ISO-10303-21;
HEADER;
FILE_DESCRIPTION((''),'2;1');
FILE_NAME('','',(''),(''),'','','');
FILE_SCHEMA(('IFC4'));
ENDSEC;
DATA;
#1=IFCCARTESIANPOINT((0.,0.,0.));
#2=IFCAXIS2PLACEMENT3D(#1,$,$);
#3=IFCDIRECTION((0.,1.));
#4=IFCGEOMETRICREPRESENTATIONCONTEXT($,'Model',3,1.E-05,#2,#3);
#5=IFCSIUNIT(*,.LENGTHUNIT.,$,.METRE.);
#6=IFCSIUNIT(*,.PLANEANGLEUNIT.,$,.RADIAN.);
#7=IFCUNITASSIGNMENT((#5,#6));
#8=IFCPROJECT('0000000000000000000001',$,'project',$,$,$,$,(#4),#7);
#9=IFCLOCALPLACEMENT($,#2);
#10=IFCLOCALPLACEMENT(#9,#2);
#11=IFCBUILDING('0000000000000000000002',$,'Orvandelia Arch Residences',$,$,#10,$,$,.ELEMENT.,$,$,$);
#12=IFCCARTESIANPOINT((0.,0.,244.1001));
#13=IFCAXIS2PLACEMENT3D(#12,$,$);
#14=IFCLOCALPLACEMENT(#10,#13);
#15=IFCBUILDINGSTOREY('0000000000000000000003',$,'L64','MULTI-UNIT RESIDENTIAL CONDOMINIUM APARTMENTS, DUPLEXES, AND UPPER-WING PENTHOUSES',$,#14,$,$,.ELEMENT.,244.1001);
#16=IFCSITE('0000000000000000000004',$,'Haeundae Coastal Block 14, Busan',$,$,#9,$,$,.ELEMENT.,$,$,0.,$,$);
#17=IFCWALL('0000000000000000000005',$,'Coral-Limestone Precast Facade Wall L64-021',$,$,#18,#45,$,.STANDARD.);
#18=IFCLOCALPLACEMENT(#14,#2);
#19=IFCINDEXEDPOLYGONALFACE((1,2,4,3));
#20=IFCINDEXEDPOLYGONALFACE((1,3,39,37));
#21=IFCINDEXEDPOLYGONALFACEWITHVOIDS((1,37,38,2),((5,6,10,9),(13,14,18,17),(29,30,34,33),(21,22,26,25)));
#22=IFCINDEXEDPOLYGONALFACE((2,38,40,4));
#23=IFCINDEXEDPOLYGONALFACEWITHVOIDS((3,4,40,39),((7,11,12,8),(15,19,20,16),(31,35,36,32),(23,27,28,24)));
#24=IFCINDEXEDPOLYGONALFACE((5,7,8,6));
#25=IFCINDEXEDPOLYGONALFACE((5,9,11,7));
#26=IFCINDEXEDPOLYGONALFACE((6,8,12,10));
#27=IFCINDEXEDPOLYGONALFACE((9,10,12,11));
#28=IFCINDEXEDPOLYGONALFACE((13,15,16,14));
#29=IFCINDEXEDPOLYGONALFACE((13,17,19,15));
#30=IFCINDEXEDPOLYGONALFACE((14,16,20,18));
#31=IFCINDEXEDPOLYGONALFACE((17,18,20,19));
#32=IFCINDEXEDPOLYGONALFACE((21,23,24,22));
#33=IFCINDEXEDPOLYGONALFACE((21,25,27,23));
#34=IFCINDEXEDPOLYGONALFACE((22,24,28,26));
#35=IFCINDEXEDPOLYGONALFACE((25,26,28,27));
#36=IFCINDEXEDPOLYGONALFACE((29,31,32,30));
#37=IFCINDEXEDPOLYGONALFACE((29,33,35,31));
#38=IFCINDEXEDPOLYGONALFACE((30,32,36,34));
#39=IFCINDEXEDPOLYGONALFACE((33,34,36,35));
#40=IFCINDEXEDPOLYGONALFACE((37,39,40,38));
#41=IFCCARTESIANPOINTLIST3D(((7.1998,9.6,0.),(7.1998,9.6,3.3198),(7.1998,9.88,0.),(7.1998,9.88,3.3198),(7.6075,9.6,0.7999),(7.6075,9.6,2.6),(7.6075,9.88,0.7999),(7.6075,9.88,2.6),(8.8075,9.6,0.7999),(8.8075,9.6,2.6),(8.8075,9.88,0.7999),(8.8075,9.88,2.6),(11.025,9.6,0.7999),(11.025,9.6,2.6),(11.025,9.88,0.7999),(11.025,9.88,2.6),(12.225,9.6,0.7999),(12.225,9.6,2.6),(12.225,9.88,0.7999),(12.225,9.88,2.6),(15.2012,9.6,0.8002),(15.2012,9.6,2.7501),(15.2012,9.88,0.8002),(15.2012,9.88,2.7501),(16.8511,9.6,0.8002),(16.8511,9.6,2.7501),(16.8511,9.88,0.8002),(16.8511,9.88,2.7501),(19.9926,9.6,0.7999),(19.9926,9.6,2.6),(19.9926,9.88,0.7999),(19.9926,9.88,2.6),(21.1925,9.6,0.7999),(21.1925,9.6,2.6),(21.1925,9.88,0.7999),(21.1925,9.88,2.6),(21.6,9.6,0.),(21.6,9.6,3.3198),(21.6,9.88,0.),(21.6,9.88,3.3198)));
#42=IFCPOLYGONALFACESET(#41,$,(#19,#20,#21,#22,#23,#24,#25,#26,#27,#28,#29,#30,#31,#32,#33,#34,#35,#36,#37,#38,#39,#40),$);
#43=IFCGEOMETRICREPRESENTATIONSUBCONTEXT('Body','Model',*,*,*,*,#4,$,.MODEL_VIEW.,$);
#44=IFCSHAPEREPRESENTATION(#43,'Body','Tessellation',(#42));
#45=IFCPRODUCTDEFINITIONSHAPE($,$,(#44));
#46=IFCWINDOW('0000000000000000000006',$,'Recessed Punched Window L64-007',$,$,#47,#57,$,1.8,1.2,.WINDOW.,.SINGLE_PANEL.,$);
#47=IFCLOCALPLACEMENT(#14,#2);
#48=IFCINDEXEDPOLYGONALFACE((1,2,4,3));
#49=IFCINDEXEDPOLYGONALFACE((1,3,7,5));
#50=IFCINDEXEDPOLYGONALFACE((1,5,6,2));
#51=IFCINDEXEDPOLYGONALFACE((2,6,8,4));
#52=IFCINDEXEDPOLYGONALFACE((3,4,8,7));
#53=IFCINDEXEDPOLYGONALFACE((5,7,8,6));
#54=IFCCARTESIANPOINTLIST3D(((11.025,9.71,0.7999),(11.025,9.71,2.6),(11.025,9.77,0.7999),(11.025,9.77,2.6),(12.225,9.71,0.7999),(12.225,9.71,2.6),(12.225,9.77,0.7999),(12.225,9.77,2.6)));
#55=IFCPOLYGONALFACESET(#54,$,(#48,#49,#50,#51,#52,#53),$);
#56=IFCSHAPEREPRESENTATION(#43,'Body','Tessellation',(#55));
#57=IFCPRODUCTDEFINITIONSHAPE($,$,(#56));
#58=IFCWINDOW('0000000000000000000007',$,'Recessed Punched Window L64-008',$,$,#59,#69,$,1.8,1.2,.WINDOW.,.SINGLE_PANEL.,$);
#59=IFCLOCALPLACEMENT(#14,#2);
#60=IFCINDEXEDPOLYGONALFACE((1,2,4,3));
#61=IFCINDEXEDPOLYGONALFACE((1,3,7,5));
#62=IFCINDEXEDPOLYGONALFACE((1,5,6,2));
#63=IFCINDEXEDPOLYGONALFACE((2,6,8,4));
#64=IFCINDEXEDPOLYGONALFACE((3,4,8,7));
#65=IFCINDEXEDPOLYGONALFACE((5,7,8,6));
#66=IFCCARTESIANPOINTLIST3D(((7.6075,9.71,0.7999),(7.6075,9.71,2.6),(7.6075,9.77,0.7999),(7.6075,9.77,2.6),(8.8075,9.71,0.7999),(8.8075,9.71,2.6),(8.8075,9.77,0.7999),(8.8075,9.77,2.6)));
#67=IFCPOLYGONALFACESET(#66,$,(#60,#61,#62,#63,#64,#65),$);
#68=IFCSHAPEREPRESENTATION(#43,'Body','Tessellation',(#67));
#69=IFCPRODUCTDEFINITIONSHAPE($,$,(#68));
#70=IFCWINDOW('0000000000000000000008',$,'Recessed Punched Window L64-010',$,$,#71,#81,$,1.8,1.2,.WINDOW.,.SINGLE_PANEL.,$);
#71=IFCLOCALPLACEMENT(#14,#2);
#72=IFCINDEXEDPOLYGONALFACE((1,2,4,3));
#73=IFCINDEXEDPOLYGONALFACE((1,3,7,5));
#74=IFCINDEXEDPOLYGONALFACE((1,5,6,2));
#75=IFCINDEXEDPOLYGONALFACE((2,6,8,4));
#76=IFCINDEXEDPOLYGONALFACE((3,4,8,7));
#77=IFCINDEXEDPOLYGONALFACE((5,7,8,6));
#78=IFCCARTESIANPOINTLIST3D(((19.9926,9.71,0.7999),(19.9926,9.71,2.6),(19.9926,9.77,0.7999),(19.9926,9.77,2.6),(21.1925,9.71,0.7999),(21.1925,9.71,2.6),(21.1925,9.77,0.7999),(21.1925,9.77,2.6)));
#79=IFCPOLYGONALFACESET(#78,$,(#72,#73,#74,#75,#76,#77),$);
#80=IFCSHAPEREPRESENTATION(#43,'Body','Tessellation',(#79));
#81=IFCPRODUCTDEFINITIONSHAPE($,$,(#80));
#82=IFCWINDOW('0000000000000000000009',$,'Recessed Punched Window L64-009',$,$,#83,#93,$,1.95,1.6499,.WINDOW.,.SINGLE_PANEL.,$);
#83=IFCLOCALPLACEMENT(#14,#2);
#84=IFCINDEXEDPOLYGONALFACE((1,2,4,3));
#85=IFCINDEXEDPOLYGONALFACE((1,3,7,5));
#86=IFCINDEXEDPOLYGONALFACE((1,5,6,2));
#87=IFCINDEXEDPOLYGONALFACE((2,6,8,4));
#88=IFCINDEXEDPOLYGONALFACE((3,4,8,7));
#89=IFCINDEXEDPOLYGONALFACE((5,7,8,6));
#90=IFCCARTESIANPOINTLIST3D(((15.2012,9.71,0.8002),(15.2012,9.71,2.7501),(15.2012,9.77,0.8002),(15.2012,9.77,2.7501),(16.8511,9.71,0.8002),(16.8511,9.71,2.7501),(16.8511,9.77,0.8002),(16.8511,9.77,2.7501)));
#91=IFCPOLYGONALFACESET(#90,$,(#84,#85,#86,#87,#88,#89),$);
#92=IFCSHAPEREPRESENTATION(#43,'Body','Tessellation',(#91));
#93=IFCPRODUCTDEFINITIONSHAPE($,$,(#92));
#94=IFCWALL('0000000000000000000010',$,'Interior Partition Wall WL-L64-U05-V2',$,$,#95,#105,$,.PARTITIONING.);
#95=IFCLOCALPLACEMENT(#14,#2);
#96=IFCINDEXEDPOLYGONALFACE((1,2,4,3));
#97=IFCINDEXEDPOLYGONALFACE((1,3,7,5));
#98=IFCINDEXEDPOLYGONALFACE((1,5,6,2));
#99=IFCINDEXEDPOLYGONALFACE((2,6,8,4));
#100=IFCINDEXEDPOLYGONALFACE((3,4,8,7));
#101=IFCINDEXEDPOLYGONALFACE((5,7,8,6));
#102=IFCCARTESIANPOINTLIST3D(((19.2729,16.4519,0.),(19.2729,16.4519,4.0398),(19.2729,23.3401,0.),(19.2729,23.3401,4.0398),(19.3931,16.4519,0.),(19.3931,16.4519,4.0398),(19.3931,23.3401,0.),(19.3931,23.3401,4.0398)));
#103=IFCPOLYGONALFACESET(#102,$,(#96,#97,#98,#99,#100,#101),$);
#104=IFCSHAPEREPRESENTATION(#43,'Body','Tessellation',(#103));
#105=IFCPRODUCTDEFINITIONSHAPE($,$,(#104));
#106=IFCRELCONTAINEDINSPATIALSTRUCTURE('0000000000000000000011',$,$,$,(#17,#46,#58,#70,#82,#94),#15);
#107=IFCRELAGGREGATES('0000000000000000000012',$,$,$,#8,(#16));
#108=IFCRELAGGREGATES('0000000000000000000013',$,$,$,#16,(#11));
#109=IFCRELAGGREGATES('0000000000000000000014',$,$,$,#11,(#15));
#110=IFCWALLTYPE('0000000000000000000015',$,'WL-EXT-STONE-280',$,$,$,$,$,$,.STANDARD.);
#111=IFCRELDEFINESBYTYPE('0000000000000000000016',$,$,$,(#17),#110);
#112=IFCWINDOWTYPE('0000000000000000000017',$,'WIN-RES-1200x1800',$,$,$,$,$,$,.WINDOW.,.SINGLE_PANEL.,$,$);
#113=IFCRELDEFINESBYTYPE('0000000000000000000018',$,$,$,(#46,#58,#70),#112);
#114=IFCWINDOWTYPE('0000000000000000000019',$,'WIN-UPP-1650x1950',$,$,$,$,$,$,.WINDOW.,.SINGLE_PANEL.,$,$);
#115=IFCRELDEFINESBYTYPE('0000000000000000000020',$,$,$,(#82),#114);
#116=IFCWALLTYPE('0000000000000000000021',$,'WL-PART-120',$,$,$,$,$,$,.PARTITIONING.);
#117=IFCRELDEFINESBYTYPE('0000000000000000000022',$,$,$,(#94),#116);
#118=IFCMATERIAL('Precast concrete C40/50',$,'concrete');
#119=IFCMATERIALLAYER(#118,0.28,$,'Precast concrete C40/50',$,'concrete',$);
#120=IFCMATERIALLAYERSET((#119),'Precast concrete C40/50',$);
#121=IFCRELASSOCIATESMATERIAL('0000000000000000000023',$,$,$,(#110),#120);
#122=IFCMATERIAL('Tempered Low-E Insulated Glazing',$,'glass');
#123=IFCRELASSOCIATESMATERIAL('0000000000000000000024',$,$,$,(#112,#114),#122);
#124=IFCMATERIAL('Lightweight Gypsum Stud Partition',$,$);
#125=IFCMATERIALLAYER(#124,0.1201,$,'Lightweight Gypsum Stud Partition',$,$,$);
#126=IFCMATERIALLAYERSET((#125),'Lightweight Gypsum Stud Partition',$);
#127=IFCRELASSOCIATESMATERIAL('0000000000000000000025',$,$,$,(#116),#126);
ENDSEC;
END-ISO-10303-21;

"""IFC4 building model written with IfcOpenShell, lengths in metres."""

from ifc_helpers import new_model, si_unit, direction, frame, frame_2d, origin, place, context, subcontext, project, spatial, rectangle, extrude, material, layer, layer_set, type_object, element, fill, save


model = new_model("IFC4")

# Units and contexts
model_context = context("Model", 3, precision=1e-05, world=origin(), true_north=direction((0.0, 1.0)))
body_context = subcontext(model_context, "Body", "Model", "MODEL_VIEW")
ifc_project = project(units=[si_unit("LENGTHUNIT", "METRE"), si_unit("PLANEANGLEUNIT", "RADIAN")], contexts=[model_context])

# Site, building, storey
site_placement = place(None, origin())
site = spatial("IfcSite", under=ifc_project, at=site_placement, Name="Haeundae Coastal Block 14, Busan", CompositionType="ELEMENT", RefElevation=0.0)
building_placement = place(site_placement, origin())
building = spatial("IfcBuilding", under=site, at=building_placement, Name="Orvandelia Arch Residences", CompositionType="ELEMENT")
storey_placement = place(building_placement, frame((0.0, 0.0, 244.1001)))
storey = spatial("IfcBuildingStorey", under=building, at=storey_placement, Name="L64", Description="MULTI-UNIT RESIDENTIAL CONDOMINIUM APARTMENTS, DUPLEXES, AND UPPER-WING PENTHOUSES", CompositionType="ELEMENT", Elevation=244.1001)

# Shared definitions
ifc_material_1 = material(Name="Precast concrete C40/50", Category="concrete")
ifc_layer_1 = layer(ifc_material_1, 0.28, Name="Precast concrete C40/50", Category="concrete")
ifc_layer_set_1 = layer_set([ifc_layer_1], Name="Precast concrete C40/50")
wall_type_1 = type_object("IfcWallType", Name="WL-EXT-STONE-280", PredefinedType="STANDARD", material=ifc_layer_set_1)

# Wall, openings, windows
wall_1_placement = place(storey_placement, frame((21.6001, 9.74, 0.0), z_axis=(0.0, 0.0, 1.0), x_axis=(-1.0, 0.0, 0.0)))
wall_1 = element("IfcWall", 1, at=wall_1_placement, inside=storey, type_object=wall_type_1, Name="Coral-Limestone Precast Facade Wall L64-021", PredefinedType="STANDARD", context=body_context, shape_type="SweptSolid", body=[
    extrude(rectangle(XDim=14.4001, YDim=0.28, at=frame_2d((7.2002, 0.0))), origin(), (0.0, 0.0, 1.0), 3.3198),
])
opening_1_placement = place(wall_1_placement, frame((9.375, 0.0, 0.8)))
opening_1 = element("IfcOpeningElement", 2, at=opening_1_placement, cuts=wall_1, PredefinedType="OPENING", context=body_context, shape_type="SweptSolid", body=[
    extrude(rectangle(XDim=1.2, YDim=1.8, at=frame_2d((0.6001, 0.8999))), frame((0.0, 0.1499, 0.0), z_axis=(0.0, -1.0, 0.0), x_axis=(1.0, 0.0, 0.0)), (0.0, 0.0, 1.0), 0.3),
])
opening_2_placement = place(wall_1_placement, frame((12.7925, 0.0, 0.8)))
opening_2 = element("IfcOpeningElement", 3, at=opening_2_placement, cuts=wall_1, PredefinedType="OPENING", context=body_context, shape_type="SweptSolid", body=[
    extrude(rectangle(XDim=1.2, YDim=1.8, at=frame_2d((0.6001, 0.8999))), frame((0.0, 0.1499, 0.0), z_axis=(0.0, -1.0, 0.0), x_axis=(1.0, 0.0, 0.0)), (0.0, 0.0, 1.0), 0.3),
])
opening_3_placement = place(wall_1_placement, frame((4.749, 0.0, 0.8)))
opening_3 = element("IfcOpeningElement", 4, at=opening_3_placement, cuts=wall_1, PredefinedType="OPENING", context=body_context, shape_type="SweptSolid", body=[
    extrude(rectangle(XDim=1.6499, YDim=1.95, at=frame_2d((0.825, 0.9751))), frame((0.0, 0.1499, 0.0), z_axis=(0.0, -1.0, 0.0), x_axis=(1.0, 0.0, 0.0)), (0.0, 0.0, 1.0), 0.3),
])
opening_4_placement = place(wall_1_placement, frame((0.4075, 0.0, 0.8)))
opening_4 = element("IfcOpeningElement", 5, at=opening_4_placement, cuts=wall_1, PredefinedType="OPENING", context=body_context, shape_type="SweptSolid", body=[
    extrude(rectangle(XDim=1.2, YDim=1.8, at=frame_2d((0.6001, 0.8999))), frame((0.0, 0.1499, 0.0), z_axis=(0.0, -1.0, 0.0), x_axis=(1.0, 0.0, 0.0)), (0.0, 0.0, 1.0), 0.3),
])
ifc_material_2 = material(Name="Tempered Low-E Insulated Glazing", Category="glass")
window_type_1 = type_object("IfcWindowType", Name="WIN-RES-1200x1800", PartitioningType="SINGLE_PANEL", PredefinedType="WINDOW", material=ifc_material_2)
window_1_placement = place(opening_1_placement, origin())
window_1 = element("IfcWindow", 6, at=window_1_placement, inside=storey, type_object=window_type_1, Name="Recessed Punched Window L64-007", OverallHeight=1.8, OverallWidth=1.2, PartitioningType="SINGLE_PANEL", PredefinedType="WINDOW", context=body_context, shape_type="SweptSolid", body=[
    extrude(rectangle(XDim=1.2, YDim=1.8, at=frame_2d((0.6001, 0.8999))), frame((0.0, 0.03, 0.0), z_axis=(0.0, -1.0, 0.0), x_axis=(1.0, 0.0, 0.0)), (0.0, 0.0, 1.0), 0.0601),
])
fill(opening_1, window_1)
window_2_placement = place(opening_2_placement, origin())
window_2 = element("IfcWindow", 7, at=window_2_placement, inside=storey, type_object=window_type_1, Name="Recessed Punched Window L64-008", OverallHeight=1.8, OverallWidth=1.2, PartitioningType="SINGLE_PANEL", PredefinedType="WINDOW", context=body_context, shape_type="SweptSolid", body=[
    extrude(rectangle(XDim=1.2, YDim=1.8, at=frame_2d((0.6001, 0.8999))), frame((0.0, 0.03, 0.0), z_axis=(0.0, -1.0, 0.0), x_axis=(1.0, 0.0, 0.0)), (0.0, 0.0, 1.0), 0.0601),
])
fill(opening_2, window_2)
window_3_placement = place(opening_4_placement, origin())
window_3 = element("IfcWindow", 8, at=window_3_placement, inside=storey, type_object=window_type_1, Name="Recessed Punched Window L64-010", OverallHeight=1.8, OverallWidth=1.2, PartitioningType="SINGLE_PANEL", PredefinedType="WINDOW", context=body_context, shape_type="SweptSolid", body=[
    extrude(rectangle(XDim=1.2, YDim=1.8, at=frame_2d((0.6001, 0.8999))), frame((0.0, 0.03, 0.0), z_axis=(0.0, -1.0, 0.0), x_axis=(1.0, 0.0, 0.0)), (0.0, 0.0, 1.0), 0.0601),
])
fill(opening_4, window_3)
window_type_2 = type_object("IfcWindowType", Name="WIN-UPP-1650x1950", PartitioningType="SINGLE_PANEL", PredefinedType="WINDOW", material=ifc_material_2)
window_4_placement = place(opening_3_placement, origin())
window_4 = element("IfcWindow", 9, at=window_4_placement, inside=storey, type_object=window_type_2, Name="Recessed Punched Window L64-009", OverallHeight=1.95, OverallWidth=1.6499, PartitioningType="SINGLE_PANEL", PredefinedType="WINDOW", context=body_context, shape_type="SweptSolid", body=[
    extrude(rectangle(XDim=1.6499, YDim=1.95, at=frame_2d((0.825, 0.9751))), frame((0.0, 0.03, 0.0), z_axis=(0.0, -1.0, 0.0), x_axis=(1.0, 0.0, 0.0)), (0.0, 0.0, 1.0), 0.0601),
])
fill(opening_3, window_4)

# Wall
ifc_material_3 = material(Name="Lightweight Gypsum Stud Partition")
ifc_layer_2 = layer(ifc_material_3, 0.1201, Name="Lightweight Gypsum Stud Partition")
ifc_layer_set_2 = layer_set([ifc_layer_2], Name="Lightweight Gypsum Stud Partition")
wall_type_2 = type_object("IfcWallType", Name="WL-PART-120", PredefinedType="PARTITIONING", material=ifc_layer_set_2)
wall_2_placement = place(storey_placement, frame((19.333, 16.4519, 0.0), z_axis=(0.0, 0.0, 1.0), x_axis=(0.0, 1.0, 0.0)))
element("IfcWall", 10, at=wall_2_placement, inside=storey, type_object=wall_type_2, Name="Interior Partition Wall WL-L64-U05-V2", PredefinedType="PARTITIONING", context=body_context, shape_type="SweptSolid", body=[
    extrude(rectangle(XDim=6.8882, YDim=0.1201, at=frame_2d((3.4441, 0.0))), origin(), (0.0, 0.0, 1.0), 4.0398),
])

save(model, "model.ifc")
